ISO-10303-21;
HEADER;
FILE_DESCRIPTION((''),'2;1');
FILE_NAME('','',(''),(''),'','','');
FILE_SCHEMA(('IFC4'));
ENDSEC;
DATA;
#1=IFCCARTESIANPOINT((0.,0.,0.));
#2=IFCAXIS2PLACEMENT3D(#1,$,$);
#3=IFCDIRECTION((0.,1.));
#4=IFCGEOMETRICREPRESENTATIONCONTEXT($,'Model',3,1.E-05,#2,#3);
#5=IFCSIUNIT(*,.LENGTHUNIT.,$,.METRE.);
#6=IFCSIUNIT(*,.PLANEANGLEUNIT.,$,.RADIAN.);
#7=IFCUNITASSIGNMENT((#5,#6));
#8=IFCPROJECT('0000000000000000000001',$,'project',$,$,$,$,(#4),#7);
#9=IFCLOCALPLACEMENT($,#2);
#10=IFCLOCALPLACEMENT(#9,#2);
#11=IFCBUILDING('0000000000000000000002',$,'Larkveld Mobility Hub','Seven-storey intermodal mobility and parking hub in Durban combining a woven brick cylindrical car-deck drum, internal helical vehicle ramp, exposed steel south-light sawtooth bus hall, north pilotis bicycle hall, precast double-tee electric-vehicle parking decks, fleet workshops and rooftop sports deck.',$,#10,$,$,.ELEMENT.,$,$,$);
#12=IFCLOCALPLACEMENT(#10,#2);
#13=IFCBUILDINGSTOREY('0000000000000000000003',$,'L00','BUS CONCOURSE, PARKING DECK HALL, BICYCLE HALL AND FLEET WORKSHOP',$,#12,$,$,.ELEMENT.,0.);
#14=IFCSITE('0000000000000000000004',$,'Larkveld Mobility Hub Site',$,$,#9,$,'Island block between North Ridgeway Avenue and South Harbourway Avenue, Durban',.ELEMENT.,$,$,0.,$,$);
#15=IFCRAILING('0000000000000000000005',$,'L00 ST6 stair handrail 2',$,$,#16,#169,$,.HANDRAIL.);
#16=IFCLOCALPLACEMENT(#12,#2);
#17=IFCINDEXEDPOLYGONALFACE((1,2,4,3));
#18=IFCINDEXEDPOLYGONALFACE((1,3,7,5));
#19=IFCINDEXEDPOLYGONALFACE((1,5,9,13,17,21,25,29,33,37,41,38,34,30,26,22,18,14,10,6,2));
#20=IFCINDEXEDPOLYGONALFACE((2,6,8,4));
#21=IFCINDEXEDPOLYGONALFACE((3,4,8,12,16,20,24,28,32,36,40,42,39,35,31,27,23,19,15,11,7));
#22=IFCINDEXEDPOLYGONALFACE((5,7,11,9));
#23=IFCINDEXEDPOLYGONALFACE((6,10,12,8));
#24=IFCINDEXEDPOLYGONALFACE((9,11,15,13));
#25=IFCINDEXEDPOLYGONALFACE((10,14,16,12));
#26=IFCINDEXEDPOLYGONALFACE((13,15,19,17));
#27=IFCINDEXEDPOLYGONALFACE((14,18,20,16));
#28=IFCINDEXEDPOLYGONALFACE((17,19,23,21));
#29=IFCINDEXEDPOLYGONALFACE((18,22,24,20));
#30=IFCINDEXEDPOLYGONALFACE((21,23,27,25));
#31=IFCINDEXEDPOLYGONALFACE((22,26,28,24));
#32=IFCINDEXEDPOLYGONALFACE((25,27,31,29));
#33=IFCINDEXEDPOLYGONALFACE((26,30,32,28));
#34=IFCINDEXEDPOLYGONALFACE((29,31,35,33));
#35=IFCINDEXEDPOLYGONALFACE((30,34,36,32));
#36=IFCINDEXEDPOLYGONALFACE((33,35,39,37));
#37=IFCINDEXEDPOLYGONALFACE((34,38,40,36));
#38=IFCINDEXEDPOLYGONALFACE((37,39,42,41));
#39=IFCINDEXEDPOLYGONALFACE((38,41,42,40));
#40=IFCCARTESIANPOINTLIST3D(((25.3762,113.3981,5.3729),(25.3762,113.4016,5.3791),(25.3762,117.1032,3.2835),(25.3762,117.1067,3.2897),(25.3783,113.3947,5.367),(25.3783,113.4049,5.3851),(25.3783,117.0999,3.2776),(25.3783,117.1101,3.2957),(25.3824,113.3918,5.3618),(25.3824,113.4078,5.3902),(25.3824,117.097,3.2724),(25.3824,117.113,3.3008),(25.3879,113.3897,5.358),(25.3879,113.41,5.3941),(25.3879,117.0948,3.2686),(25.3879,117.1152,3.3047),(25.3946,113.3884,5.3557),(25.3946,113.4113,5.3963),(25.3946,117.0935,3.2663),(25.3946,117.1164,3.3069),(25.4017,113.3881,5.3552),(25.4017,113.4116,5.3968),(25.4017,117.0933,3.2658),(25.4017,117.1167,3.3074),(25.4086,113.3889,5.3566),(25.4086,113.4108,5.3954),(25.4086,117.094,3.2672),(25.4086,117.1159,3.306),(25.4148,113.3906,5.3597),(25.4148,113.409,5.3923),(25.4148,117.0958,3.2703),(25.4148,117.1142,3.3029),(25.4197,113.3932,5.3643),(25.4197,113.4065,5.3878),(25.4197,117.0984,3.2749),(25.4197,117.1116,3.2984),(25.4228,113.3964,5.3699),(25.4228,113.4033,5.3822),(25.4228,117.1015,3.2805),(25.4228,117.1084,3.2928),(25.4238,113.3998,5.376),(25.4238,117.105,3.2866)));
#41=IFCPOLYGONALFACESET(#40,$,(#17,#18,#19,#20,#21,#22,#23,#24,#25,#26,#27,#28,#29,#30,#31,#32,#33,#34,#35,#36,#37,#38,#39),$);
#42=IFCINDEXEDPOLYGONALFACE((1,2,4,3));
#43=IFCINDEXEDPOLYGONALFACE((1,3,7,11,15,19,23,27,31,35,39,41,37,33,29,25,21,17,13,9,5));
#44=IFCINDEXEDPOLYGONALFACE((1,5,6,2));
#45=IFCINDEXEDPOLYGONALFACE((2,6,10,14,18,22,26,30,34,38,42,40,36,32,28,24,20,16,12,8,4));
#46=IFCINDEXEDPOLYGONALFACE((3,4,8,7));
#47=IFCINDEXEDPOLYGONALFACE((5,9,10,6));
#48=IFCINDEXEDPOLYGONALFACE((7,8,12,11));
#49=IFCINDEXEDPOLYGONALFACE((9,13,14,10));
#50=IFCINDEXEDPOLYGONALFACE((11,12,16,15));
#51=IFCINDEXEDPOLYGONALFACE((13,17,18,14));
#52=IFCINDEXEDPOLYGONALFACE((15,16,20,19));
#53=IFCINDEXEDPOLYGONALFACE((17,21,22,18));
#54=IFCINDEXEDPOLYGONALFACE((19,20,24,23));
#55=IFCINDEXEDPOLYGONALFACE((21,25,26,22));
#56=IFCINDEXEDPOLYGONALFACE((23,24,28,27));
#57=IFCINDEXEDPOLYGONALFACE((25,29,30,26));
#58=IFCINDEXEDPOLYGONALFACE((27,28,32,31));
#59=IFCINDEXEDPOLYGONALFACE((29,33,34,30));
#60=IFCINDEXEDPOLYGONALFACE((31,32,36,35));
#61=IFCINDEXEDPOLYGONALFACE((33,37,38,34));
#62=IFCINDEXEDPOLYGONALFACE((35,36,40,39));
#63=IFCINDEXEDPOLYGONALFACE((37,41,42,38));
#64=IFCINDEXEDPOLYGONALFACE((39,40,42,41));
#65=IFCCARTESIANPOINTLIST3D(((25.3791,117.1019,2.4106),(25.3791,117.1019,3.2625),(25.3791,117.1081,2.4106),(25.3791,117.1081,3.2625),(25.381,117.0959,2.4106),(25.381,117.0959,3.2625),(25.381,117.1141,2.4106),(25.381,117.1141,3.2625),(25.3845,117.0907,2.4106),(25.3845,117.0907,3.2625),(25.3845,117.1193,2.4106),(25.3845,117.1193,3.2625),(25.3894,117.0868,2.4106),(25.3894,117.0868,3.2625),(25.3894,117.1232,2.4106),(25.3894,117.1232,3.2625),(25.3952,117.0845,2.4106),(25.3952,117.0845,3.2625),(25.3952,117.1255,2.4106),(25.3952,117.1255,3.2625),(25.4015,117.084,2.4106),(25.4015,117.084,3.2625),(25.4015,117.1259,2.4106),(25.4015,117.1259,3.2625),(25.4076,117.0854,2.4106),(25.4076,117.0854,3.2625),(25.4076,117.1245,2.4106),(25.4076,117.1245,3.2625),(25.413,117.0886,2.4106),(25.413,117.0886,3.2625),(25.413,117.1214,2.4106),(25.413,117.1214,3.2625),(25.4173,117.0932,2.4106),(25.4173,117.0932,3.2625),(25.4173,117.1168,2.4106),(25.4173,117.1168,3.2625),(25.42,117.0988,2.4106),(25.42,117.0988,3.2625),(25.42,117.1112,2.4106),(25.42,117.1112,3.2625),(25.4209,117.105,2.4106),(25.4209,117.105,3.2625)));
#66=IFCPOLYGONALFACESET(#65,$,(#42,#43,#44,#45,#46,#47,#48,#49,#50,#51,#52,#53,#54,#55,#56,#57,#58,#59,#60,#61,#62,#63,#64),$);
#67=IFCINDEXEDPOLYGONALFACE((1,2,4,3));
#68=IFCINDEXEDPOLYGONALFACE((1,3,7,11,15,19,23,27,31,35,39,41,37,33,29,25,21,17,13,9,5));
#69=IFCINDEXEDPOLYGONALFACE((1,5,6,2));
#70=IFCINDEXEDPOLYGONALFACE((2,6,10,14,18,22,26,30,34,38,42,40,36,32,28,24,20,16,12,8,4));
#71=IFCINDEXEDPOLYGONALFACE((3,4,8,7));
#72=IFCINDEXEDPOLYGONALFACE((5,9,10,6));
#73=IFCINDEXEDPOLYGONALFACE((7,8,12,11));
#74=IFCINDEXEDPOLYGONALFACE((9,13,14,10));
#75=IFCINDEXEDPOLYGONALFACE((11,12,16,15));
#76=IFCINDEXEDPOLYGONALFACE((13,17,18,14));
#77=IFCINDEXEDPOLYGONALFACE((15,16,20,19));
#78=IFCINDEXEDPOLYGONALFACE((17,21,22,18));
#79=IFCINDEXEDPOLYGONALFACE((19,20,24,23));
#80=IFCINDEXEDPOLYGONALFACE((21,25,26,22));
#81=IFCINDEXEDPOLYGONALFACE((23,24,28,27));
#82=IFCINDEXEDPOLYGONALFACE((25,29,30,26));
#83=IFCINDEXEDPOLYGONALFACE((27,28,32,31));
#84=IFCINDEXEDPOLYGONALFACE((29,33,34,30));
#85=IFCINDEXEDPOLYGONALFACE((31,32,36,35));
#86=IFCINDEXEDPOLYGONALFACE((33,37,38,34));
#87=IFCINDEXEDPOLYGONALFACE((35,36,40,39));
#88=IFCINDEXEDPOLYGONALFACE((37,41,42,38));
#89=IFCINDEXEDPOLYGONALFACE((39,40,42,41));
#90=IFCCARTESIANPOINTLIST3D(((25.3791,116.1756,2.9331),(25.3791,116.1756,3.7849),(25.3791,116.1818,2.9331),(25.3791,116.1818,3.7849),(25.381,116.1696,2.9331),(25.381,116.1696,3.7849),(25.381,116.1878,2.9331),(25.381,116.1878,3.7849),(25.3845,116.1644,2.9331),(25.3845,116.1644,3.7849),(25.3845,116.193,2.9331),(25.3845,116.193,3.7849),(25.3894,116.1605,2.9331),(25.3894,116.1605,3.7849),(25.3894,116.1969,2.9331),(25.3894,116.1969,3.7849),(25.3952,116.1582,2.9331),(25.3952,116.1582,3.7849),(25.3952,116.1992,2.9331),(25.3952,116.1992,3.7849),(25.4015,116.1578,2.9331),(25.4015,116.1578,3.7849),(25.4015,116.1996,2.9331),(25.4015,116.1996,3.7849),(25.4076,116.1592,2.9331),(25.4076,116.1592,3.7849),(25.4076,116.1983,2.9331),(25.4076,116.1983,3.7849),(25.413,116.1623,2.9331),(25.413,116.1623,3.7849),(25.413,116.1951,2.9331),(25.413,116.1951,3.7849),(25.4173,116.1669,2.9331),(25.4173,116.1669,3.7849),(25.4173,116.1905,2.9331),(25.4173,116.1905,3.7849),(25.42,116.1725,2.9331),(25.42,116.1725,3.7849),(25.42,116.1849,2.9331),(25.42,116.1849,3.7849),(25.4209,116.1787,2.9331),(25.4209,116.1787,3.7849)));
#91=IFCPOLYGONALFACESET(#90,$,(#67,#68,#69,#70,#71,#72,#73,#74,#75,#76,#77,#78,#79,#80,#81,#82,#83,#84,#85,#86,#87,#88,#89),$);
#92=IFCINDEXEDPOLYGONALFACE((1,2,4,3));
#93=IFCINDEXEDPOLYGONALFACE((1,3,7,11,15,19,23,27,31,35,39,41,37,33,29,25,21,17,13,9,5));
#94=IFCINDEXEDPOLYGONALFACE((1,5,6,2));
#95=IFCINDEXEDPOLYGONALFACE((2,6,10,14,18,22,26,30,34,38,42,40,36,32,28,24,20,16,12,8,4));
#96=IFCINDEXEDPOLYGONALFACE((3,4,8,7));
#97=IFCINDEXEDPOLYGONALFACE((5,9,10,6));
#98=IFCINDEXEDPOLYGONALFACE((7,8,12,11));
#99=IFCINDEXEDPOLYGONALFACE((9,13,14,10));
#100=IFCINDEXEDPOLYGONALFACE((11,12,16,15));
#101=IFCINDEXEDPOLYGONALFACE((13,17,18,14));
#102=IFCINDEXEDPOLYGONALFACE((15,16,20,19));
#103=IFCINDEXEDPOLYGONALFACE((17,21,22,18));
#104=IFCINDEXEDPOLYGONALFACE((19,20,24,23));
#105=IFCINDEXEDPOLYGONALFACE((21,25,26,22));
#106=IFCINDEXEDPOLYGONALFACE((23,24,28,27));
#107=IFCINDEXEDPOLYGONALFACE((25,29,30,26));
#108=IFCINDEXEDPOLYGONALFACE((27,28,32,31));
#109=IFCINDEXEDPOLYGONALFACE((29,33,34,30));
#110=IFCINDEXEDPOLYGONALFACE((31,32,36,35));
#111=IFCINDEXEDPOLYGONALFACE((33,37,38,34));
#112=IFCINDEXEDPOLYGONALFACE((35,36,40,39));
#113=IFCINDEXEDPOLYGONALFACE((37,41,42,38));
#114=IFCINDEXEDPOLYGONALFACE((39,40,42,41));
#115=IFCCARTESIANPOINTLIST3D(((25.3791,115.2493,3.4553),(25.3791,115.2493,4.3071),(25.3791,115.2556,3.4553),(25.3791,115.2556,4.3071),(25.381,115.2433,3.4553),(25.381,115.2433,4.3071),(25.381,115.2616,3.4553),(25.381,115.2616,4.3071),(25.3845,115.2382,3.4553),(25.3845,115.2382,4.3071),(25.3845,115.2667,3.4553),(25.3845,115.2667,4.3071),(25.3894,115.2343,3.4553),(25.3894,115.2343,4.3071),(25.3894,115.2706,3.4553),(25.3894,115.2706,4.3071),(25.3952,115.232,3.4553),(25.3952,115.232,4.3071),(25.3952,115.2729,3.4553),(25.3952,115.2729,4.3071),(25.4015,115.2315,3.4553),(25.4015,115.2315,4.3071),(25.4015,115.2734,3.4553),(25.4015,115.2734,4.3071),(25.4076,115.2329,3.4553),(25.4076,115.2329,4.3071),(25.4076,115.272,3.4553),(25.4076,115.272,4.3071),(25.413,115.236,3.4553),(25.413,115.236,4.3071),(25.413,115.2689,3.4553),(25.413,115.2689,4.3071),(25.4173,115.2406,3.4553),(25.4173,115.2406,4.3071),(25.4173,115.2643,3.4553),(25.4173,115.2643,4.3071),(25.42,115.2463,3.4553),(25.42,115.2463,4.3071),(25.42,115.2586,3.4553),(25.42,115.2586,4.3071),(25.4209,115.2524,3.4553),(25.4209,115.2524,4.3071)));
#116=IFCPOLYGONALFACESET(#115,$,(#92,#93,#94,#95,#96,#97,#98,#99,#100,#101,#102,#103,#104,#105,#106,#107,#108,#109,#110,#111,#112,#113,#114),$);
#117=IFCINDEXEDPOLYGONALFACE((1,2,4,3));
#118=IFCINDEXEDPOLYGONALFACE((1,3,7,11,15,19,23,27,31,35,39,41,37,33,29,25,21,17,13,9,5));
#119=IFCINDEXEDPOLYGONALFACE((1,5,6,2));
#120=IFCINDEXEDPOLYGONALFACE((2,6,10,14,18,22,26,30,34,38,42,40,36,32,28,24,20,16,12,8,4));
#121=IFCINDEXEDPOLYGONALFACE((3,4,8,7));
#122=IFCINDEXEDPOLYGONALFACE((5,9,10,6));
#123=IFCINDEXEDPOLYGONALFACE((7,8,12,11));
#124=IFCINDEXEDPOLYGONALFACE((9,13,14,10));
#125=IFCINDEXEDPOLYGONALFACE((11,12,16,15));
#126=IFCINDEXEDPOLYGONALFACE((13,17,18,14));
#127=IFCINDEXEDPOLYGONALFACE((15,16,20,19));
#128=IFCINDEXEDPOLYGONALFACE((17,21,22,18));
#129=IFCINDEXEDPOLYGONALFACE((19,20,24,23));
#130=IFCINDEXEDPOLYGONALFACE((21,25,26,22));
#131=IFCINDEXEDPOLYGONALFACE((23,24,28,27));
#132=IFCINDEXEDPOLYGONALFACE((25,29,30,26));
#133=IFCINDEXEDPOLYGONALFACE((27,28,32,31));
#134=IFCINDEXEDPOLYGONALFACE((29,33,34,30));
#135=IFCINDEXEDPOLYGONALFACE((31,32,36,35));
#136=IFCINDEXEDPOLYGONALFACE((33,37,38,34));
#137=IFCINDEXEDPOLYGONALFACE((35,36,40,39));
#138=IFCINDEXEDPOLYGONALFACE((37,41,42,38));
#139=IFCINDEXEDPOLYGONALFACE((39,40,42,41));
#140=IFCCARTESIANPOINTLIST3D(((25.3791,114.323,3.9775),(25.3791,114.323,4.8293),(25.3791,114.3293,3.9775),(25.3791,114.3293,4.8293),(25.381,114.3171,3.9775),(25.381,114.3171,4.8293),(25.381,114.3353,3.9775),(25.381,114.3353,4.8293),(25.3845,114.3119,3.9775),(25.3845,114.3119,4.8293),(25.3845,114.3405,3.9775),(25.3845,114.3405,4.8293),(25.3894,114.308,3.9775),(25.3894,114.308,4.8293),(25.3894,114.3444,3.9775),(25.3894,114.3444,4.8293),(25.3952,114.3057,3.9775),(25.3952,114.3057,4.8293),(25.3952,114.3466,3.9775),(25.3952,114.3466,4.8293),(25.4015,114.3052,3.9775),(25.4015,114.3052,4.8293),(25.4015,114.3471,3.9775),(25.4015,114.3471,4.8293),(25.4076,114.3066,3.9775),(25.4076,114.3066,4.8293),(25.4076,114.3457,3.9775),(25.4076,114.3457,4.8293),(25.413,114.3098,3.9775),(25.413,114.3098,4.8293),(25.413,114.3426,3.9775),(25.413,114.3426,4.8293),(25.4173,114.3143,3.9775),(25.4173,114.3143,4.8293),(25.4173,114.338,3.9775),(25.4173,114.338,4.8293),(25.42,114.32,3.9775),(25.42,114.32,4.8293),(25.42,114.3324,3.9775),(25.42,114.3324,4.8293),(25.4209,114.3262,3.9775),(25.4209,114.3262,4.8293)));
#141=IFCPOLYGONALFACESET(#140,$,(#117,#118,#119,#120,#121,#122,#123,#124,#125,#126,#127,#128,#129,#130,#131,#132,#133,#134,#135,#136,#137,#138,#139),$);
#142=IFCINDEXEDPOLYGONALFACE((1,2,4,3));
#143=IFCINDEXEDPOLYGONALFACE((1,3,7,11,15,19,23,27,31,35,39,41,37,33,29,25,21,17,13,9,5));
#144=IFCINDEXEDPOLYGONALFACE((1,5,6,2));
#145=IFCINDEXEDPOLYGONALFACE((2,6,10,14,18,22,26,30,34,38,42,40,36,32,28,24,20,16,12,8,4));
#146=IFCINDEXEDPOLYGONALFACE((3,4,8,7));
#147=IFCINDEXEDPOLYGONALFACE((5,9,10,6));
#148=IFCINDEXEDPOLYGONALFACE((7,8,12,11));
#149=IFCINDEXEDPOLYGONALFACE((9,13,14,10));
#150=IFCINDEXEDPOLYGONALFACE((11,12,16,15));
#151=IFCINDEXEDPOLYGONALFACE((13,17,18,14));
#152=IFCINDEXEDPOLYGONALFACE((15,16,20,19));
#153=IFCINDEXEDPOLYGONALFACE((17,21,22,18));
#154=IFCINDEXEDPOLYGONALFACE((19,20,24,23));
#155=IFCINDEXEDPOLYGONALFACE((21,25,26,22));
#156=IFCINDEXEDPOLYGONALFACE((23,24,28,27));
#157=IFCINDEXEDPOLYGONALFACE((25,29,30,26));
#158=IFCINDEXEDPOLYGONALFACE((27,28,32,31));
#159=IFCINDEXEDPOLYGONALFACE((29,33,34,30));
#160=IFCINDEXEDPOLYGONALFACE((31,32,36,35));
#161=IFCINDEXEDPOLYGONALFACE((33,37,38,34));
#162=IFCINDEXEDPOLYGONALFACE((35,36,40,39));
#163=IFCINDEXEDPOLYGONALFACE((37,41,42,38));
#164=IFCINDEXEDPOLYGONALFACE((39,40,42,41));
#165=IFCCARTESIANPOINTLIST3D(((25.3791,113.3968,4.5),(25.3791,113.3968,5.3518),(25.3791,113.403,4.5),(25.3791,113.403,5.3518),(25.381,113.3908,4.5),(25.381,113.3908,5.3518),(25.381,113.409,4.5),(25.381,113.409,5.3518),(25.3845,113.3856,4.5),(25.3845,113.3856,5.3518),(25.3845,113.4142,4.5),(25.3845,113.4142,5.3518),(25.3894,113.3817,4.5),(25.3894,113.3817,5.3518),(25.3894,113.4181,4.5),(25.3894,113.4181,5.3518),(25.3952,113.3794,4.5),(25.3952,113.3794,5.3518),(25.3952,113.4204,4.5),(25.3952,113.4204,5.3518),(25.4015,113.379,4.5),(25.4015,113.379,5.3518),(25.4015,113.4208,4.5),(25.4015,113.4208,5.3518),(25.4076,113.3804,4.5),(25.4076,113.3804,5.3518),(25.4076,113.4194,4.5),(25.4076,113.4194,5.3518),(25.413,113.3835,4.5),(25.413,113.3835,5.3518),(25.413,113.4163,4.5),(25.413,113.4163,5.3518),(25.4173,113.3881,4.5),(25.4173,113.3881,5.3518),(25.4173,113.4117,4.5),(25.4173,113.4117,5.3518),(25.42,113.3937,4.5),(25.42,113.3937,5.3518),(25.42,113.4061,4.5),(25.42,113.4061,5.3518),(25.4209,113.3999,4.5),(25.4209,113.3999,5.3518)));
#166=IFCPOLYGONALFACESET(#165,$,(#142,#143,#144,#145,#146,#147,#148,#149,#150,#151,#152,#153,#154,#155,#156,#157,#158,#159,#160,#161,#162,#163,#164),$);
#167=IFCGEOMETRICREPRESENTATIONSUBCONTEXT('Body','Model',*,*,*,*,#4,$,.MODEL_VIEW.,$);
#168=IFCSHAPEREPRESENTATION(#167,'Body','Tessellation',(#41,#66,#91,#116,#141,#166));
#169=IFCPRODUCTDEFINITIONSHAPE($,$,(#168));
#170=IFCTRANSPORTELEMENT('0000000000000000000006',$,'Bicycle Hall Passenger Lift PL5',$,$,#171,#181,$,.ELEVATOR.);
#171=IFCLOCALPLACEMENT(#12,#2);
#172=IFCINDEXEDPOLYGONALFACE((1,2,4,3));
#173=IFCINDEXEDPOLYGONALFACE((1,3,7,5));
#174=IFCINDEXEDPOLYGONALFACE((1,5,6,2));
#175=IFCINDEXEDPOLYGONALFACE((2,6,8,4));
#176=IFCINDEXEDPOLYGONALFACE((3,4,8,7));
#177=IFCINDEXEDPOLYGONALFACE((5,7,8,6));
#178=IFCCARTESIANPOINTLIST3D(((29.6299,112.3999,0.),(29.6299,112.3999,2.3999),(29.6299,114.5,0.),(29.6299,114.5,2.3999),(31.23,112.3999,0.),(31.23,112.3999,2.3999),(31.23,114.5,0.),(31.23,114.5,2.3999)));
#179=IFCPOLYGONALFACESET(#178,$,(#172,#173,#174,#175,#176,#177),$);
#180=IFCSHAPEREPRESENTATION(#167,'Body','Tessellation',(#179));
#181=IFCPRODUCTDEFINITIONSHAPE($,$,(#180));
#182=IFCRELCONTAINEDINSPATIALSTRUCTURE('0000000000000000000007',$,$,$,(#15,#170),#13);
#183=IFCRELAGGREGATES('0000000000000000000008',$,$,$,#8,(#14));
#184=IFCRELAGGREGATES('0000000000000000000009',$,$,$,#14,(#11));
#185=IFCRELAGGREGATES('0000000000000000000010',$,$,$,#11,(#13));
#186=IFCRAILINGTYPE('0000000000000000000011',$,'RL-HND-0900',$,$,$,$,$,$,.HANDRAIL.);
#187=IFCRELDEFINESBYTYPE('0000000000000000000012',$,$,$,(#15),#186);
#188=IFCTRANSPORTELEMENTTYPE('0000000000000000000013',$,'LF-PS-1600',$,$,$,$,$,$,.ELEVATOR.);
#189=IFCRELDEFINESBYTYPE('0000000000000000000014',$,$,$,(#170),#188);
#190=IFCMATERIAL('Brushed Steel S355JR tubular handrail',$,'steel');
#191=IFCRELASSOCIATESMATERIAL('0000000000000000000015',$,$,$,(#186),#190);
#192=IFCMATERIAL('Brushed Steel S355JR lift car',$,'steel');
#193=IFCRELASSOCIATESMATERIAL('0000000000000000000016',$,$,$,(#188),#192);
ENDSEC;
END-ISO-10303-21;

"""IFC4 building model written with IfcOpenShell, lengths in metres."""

from ifc_helpers import new_model, si_unit, direction, frame, origin, origin_2d, place, context, subcontext, project, spatial, rectangle, circle, extrude, material, type_object, element, save


model = new_model("IFC4")

# Units and contexts
model_context = context("Model", 3, precision=1e-05, world=origin(), true_north=direction((0.0, 1.0)))
body_context = subcontext(model_context, "Body", "Model", "MODEL_VIEW")
ifc_project = project(units=[si_unit("LENGTHUNIT", "METRE"), si_unit("PLANEANGLEUNIT", "RADIAN")], contexts=[model_context])

# Site, building, storey
site_placement = place(None, origin())
site = spatial("IfcSite", under=ifc_project, at=site_placement, Name="Larkveld Mobility Hub Site", LongName="Island block between North Ridgeway Avenue and South Harbourway Avenue, Durban", CompositionType="ELEMENT", RefElevation=0.0)
building_placement = place(site_placement, origin())
building = spatial("IfcBuilding", under=site, at=building_placement, Name="Larkveld Mobility Hub", Description="Seven-storey intermodal mobility and parking hub in Durban combining a woven brick cylindrical car-deck drum, internal helical vehicle ramp, exposed steel south-light sawtooth bus hall, north pilotis bicycle hall, precast double-tee electric-vehicle parking decks, fleet workshops and rooftop sports deck.", CompositionType="ELEMENT")
storey_placement = place(building_placement, origin())
storey = spatial("IfcBuildingStorey", under=building, at=storey_placement, Name="L00", Description="BUS CONCOURSE, PARKING DECK HALL, BICYCLE HALL AND FLEET WORKSHOP", CompositionType="ELEMENT", Elevation=0.0)

# Railing
ifc_material_1 = material(Name="Brushed Steel S355JR tubular handrail", Category="steel")
railing_type_1 = type_object("IfcRailingType", Name="RL-HND-0900", PredefinedType="HANDRAIL", material=ifc_material_1)
railing_1_placement = place(storey_placement, frame((25.3999, 117.105, 2.4106)))
element("IfcRailing", 1, at=railing_1_placement, inside=storey, type_object=railing_type_1, Name="L00 ST6 stair handrail 2", PredefinedType="HANDRAIL", context=body_context, shape_type="SweptSolid", body=[
    extrude(circle(Radius=0.0239, at=origin_2d()), frame((0.0, 0.0, 0.876), z_axis=(0.0, -0.871048, 0.491198), x_axis=(1.0, 0.0, 0.0)), (0.0, 0.0, 1.0), 4.2537),
    extrude(circle(Radius=0.021, at=origin_2d()), origin(), (0.0, 0.0, 1.0), 0.8518),
    extrude(circle(Radius=0.021, at=origin_2d()), frame((0.0, -0.9263, 0.5225)), (0.0, 0.0, 1.0), 0.8518),
    extrude(circle(Radius=0.021, at=origin_2d()), frame((0.0, -1.8525, 1.0447)), (0.0, 0.0, 1.0), 0.8518),
    extrude(circle(Radius=0.021, at=origin_2d()), frame((0.0, -2.7788, 1.5669)), (0.0, 0.0, 1.0), 0.8518),
    extrude(circle(Radius=0.021, at=origin_2d()), frame((0.0, -3.7051, 2.0894)), (0.0, 0.0, 1.0), 0.8518),
])

# Transport element
ifc_material_2 = material(Name="Brushed Steel S355JR lift car", Category="steel")
transport_element_type = type_object("IfcTransportElementType", Name="LF-PS-1600", PredefinedType="ELEVATOR", material=ifc_material_2)
transport_element_placement = place(storey_placement, frame((30.4299, 113.45, 0.0), z_axis=(0.0, 0.0, 1.0), x_axis=(1.0, 0.0, 0.0)))
element("IfcTransportElement", 2, at=transport_element_placement, inside=storey, type_object=transport_element_type, Name="Bicycle Hall Passenger Lift PL5", PredefinedType="ELEVATOR", context=body_context, shape_type="SweptSolid", body=[
    extrude(rectangle(XDim=1.6001, YDim=2.1001, at=origin_2d()), origin(), (0.0, 0.0, 1.0), 2.3999),
])

save(model, "model.ifc")
